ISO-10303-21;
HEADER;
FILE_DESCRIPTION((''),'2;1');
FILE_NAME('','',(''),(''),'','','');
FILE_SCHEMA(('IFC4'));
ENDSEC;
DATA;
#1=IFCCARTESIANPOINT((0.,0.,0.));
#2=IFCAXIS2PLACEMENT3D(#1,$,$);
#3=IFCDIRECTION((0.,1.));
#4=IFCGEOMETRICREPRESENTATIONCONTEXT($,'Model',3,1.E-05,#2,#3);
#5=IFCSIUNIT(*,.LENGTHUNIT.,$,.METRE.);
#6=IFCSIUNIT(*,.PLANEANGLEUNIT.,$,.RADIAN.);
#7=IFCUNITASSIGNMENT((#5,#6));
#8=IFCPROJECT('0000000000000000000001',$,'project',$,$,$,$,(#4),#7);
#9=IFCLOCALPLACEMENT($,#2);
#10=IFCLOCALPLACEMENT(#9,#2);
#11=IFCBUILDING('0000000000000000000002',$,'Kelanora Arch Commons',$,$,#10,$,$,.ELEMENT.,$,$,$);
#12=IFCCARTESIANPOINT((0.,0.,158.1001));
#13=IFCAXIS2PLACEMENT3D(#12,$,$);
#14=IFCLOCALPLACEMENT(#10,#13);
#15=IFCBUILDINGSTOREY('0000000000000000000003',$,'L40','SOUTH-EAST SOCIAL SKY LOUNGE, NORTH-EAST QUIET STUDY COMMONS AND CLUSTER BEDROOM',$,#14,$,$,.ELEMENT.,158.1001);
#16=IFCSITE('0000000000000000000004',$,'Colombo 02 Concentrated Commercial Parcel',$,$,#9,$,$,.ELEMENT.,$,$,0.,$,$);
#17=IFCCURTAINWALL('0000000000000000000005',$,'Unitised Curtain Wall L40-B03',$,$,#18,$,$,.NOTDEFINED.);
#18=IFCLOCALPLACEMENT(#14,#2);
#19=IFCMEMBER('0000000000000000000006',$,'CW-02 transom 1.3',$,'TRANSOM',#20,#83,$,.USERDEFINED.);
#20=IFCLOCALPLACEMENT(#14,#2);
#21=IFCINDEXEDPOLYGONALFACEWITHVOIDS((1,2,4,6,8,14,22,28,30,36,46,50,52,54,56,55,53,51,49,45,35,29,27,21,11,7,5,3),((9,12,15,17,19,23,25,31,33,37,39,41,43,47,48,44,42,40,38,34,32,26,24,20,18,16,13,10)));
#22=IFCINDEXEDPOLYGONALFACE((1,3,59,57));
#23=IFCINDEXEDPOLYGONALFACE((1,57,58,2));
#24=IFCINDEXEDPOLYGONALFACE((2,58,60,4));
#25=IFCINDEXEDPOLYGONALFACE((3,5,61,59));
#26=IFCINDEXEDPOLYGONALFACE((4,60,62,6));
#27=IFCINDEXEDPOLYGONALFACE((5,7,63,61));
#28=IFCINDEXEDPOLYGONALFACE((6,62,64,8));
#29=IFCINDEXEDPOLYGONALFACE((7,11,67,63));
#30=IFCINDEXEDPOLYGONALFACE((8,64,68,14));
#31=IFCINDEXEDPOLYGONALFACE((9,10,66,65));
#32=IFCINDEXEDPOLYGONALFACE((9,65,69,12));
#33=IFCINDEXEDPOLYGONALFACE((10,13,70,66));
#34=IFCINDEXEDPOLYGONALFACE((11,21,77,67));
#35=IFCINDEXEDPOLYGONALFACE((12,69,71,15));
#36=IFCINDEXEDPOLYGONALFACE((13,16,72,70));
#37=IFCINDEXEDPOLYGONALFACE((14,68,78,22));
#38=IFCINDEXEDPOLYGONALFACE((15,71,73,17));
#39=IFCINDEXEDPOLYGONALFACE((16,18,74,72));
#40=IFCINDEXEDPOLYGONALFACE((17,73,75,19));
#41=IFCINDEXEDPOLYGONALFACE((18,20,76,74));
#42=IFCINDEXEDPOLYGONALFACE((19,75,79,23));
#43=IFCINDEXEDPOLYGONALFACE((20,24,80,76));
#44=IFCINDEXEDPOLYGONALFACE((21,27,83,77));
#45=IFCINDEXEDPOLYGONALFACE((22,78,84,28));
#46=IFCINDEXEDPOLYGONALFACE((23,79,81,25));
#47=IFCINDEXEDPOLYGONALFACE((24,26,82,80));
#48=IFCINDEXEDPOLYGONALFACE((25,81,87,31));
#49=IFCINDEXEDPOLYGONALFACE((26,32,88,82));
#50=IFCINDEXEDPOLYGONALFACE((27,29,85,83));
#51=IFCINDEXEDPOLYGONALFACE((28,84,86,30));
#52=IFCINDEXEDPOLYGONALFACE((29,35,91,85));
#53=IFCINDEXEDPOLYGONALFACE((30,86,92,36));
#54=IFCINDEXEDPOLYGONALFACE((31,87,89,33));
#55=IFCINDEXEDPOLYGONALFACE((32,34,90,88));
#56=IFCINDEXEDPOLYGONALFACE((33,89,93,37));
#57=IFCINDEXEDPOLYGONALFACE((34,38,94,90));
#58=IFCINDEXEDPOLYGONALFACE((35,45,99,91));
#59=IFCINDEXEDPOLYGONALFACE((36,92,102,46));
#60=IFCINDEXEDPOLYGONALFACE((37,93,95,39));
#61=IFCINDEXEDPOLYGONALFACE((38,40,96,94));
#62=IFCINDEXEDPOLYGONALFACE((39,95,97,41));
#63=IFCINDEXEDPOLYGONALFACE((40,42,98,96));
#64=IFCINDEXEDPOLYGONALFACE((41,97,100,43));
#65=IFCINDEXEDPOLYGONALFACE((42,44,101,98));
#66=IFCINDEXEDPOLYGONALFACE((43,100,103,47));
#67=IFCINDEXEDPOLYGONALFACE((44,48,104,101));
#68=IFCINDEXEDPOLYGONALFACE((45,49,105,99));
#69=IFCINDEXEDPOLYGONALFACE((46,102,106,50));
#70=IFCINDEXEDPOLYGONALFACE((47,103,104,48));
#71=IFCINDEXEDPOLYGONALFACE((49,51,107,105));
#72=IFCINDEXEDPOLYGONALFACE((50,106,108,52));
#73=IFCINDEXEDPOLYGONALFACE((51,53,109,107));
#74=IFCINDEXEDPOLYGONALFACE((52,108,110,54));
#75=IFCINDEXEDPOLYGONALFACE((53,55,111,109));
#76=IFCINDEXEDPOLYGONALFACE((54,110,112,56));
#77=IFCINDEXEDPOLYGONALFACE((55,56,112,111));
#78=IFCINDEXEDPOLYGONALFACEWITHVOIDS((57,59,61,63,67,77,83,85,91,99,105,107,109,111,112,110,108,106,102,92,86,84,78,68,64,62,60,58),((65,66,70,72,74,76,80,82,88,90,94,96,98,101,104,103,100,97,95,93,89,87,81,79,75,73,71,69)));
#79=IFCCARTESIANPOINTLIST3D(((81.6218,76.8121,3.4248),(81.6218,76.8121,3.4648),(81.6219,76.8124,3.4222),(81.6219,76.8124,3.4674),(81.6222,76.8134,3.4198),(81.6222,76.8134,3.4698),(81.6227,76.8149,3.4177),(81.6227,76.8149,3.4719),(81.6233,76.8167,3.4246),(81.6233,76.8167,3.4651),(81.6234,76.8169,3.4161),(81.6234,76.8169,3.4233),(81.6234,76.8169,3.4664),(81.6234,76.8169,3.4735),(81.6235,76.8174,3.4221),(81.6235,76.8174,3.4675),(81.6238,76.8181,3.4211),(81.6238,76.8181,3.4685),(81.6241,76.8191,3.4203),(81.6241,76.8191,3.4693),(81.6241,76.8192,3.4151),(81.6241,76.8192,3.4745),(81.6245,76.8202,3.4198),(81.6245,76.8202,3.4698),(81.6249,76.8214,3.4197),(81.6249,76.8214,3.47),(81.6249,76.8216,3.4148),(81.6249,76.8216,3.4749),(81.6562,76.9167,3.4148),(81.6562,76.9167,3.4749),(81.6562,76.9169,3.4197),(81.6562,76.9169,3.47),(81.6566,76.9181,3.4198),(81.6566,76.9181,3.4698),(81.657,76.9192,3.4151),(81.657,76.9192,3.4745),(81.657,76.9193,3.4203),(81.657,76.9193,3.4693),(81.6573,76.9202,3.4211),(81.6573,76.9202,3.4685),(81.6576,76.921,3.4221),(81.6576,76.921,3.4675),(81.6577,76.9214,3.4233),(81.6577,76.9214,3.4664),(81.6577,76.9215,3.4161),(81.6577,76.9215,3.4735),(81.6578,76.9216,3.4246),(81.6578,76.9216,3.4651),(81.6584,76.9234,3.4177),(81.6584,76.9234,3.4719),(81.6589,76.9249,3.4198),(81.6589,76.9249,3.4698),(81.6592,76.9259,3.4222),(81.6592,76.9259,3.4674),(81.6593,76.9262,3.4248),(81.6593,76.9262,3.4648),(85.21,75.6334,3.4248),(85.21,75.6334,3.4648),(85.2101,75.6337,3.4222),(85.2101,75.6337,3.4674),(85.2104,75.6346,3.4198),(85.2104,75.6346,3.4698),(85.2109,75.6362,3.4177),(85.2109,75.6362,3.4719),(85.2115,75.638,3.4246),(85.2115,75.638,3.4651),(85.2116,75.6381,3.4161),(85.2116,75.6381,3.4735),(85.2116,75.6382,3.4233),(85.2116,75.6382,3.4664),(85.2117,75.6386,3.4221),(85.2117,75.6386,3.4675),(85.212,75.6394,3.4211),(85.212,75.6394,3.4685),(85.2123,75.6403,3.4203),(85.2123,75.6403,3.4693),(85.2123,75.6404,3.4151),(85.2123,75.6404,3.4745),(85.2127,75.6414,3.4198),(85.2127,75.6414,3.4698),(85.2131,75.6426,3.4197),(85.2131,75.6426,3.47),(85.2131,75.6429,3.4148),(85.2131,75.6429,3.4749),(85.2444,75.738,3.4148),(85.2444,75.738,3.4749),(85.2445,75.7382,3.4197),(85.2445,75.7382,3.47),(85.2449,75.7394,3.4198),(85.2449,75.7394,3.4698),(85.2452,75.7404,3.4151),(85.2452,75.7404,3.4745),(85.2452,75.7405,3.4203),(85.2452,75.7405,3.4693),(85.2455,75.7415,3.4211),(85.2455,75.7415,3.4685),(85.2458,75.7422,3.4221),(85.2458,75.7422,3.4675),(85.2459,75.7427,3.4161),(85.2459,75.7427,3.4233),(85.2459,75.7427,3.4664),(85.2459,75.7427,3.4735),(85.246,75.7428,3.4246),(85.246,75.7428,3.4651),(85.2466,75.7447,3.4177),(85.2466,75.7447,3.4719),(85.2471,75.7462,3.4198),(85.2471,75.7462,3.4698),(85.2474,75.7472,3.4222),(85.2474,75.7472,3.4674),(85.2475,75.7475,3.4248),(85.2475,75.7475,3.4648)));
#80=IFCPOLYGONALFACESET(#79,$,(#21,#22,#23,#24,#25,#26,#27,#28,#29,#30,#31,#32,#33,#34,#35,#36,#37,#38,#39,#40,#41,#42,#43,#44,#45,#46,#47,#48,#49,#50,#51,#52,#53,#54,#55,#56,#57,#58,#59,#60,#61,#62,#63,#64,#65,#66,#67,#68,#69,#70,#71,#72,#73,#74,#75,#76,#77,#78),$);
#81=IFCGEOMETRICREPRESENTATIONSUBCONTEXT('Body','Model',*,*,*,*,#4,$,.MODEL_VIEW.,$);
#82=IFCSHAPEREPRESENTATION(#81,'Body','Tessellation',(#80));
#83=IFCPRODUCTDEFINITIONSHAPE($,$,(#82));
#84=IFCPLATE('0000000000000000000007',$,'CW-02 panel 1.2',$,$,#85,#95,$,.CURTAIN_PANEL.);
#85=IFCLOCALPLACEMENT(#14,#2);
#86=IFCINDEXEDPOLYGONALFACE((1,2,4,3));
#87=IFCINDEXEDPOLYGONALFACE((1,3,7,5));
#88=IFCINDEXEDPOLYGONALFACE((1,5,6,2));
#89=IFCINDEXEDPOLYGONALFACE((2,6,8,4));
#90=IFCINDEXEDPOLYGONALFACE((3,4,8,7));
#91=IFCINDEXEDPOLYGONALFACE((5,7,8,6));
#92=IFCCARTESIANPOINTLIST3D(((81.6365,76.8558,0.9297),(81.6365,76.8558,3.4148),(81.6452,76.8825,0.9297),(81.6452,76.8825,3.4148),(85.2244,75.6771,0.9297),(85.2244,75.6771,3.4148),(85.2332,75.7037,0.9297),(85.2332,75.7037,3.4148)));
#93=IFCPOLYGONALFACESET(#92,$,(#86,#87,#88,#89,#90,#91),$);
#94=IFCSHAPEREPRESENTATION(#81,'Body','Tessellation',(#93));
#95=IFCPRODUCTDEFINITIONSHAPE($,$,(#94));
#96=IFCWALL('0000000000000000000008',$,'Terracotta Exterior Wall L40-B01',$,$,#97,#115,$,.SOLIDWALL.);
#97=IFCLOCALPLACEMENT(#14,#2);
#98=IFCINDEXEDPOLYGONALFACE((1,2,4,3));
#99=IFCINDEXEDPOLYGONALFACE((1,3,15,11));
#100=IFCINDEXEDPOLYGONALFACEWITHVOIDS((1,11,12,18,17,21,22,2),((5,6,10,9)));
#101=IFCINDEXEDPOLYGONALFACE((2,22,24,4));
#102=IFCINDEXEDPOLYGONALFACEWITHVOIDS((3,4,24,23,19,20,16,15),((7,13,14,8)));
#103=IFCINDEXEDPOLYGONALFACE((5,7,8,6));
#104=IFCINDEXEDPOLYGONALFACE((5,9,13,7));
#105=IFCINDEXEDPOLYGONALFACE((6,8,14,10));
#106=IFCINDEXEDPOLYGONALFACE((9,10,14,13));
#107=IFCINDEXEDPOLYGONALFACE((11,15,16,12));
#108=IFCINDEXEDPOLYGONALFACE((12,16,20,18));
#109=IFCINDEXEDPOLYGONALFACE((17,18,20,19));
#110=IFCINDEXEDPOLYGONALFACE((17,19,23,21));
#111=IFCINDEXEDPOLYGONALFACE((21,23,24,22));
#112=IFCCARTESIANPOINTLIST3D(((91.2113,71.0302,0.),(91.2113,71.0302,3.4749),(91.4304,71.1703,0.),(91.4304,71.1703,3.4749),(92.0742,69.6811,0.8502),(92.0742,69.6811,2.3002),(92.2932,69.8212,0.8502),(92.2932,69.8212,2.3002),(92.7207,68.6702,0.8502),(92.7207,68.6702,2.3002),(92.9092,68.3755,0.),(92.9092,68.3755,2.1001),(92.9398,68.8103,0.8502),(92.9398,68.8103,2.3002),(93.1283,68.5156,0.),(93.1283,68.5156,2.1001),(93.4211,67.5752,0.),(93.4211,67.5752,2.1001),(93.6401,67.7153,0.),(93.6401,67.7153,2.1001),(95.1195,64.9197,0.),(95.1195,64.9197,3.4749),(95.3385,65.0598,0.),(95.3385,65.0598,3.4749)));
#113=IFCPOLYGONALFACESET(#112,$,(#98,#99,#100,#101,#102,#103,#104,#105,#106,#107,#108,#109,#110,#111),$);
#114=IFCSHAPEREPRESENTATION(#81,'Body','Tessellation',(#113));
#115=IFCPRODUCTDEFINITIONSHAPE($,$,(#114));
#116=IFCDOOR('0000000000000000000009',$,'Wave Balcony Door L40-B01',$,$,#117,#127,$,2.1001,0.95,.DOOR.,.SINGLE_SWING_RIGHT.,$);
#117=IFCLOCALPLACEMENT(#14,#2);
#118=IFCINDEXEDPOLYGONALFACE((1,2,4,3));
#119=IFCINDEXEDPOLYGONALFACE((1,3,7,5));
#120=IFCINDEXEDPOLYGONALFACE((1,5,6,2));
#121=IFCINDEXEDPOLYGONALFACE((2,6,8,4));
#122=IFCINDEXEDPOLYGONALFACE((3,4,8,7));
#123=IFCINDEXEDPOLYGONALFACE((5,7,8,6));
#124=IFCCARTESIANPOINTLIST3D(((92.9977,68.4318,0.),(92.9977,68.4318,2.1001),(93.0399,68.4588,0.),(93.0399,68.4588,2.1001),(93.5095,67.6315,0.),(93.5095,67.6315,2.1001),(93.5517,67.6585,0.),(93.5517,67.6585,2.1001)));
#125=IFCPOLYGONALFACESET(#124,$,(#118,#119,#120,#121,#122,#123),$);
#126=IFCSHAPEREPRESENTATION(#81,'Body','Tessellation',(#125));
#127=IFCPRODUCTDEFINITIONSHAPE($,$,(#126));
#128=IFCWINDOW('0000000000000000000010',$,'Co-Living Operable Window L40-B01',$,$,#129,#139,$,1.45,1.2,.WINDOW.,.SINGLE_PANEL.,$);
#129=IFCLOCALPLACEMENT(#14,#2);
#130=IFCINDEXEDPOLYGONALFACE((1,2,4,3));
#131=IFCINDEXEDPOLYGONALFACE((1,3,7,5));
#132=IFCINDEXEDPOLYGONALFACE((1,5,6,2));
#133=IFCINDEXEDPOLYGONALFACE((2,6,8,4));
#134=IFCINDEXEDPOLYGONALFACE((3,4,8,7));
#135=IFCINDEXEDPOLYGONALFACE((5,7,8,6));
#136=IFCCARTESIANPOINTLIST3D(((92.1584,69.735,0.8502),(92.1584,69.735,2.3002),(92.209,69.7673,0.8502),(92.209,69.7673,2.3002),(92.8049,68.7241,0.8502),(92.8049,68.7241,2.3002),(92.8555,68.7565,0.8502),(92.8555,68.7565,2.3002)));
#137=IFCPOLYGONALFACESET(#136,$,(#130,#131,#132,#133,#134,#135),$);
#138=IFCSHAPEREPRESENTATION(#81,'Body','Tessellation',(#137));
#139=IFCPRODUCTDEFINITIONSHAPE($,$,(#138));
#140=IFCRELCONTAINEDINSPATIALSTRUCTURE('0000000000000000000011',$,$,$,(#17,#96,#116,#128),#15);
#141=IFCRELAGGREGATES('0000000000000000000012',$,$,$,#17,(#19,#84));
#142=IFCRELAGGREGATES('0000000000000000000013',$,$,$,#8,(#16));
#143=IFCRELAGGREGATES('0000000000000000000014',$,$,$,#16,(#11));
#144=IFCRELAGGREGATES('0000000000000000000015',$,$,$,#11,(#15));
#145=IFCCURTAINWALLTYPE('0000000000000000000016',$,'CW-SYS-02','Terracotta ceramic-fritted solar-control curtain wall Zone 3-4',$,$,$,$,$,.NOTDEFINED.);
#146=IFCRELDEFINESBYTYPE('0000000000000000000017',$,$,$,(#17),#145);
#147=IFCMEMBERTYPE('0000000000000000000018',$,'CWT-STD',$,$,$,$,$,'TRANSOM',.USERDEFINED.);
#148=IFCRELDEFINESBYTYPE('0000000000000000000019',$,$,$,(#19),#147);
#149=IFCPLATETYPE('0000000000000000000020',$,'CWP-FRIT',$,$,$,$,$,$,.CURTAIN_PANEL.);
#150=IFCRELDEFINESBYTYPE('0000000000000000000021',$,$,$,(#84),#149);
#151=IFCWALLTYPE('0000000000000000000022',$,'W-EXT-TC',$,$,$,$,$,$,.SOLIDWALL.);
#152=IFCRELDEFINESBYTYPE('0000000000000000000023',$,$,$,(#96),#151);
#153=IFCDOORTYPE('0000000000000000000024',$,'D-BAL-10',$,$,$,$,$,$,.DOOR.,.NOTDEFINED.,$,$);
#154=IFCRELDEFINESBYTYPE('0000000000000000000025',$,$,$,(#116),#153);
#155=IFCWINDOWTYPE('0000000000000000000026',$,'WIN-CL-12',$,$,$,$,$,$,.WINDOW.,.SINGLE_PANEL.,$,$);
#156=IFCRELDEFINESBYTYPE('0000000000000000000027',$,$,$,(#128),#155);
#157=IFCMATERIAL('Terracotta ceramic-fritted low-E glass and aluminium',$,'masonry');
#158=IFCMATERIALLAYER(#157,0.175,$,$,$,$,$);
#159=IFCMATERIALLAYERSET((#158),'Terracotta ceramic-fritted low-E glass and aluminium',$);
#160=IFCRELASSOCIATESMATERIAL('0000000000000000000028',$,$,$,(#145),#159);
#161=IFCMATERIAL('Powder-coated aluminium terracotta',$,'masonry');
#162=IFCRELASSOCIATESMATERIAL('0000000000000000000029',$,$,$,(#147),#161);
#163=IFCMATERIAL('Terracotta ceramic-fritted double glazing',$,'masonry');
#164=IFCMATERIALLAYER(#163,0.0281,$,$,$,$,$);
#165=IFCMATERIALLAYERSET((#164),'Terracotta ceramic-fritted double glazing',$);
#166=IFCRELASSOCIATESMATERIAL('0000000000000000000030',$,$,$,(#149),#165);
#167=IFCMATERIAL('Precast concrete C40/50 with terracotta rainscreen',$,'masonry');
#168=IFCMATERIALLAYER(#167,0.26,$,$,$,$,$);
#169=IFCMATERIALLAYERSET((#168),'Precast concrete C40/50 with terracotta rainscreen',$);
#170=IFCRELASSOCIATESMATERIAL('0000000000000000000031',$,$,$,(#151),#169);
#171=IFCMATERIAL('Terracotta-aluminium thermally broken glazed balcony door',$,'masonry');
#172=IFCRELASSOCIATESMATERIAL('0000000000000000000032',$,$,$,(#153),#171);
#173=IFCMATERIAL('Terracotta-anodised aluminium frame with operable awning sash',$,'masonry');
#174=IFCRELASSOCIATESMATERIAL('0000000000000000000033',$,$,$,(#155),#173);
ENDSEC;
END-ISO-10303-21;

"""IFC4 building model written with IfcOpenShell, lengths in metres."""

from ifc_helpers import new_model, si_unit, direction, frame, frame_2d, origin, origin_2d, place, context, subcontext, project, spatial, rectangle, hollow_rectangle, extrude, source, transform, mapped, material, layer, layer_set, material_profile, profile_set, type_object, element, fill, aggregate, save


model = new_model("IFC4")

# Units and contexts
model_context = context("Model", 3, precision=1e-05, world=origin(), true_north=direction((0.0, 1.0)))
body_context = subcontext(model_context, "Body", "Model", "MODEL_VIEW")
ifc_project = project(units=[si_unit("LENGTHUNIT", "METRE"), si_unit("PLANEANGLEUNIT", "RADIAN")], contexts=[model_context])

# Site, building, storey
site_placement = place(None, origin())
site = spatial("IfcSite", under=ifc_project, at=site_placement, Name="Colombo 02 Concentrated Commercial Parcel", CompositionType="ELEMENT", RefElevation=0.0)
building_placement = place(site_placement, origin())
building = spatial("IfcBuilding", under=site, at=building_placement, Name="Kelanora Arch Commons", CompositionType="ELEMENT")
storey_placement = place(building_placement, frame((0.0, 0.0, 158.1001)))
storey = spatial("IfcBuildingStorey", under=building, at=storey_placement, Name="L40", Description="SOUTH-EAST SOCIAL SKY LOUNGE, NORTH-EAST QUIET STUDY COMMONS AND CLUSTER BEDROOM", CompositionType="ELEMENT", Elevation=158.1001)

# Shared definitions
ifc_material_1 = material(Name="Terracotta ceramic-fritted low-E glass and aluminium", Category="masonry")
ifc_layer_1 = layer(ifc_material_1, 0.175)
ifc_layer_set_1 = layer_set([ifc_layer_1], Name="Terracotta ceramic-fritted low-E glass and aluminium")
curtain_wall_type = type_object("IfcCurtainWallType", Name="CW-SYS-02", Description="Terracotta ceramic-fritted solar-control curtain wall Zone 3-4", PredefinedType="NOTDEFINED", material=ifc_layer_set_1)
ifc_material_2 = material(Name="Powder-coated aluminium terracotta", Category="masonry")

# Curtain wall, member, plate
curtain_wall_1_placement = place(storey_placement, origin())
curtain_wall_1 = element("IfcCurtainWall", 1, at=curtain_wall_1_placement, inside=storey, type_object=curtain_wall_type, Name="Unitised Curtain Wall L40-B03", PredefinedType="NOTDEFINED")
ifc_material_profile_1 = material_profile(ifc_material_2, hollow_rectangle(XDim=0.1201, YDim=0.0601, WallThickness=0.0049, InnerFilletRadius=0.0049, OuterFilletRadius=0.01, at=origin_2d()), Name="CWT120x60")
ifc_profile_set_1 = profile_set([ifc_material_profile_1], Name="Powder-coated aluminium terracotta")
member_type_1 = type_object("IfcMemberType", Name="CWT-STD", ElementType="TRANSOM", PredefinedType="USERDEFINED", material=ifc_profile_set_1)
member_1_placement = place(storey_placement, frame((85.2288, 75.6904, 3.4448), z_axis=(-0.950051, 0.312094, 0.0), x_axis=(-0.312094, -0.950051, 0.0)))
member_1 = element("IfcMember", 2, at=member_1_placement, type_object=member_type_1, Name="CW-02 transom 1.3", ObjectType="TRANSOM", PredefinedType="USERDEFINED", context=body_context, shape_type="SweptSolid", body=[
    extrude(hollow_rectangle(XDim=0.1201, YDim=0.0601, WallThickness=0.0049, InnerFilletRadius=0.0049, OuterFilletRadius=0.01, at=origin_2d()), origin(), (0.0, 0.0, 1.0), 3.7769),
])
ifc_material_3 = material(Name="Terracotta ceramic-fritted double glazing", Category="masonry")
ifc_layer_2 = layer(ifc_material_3, 0.0281)
ifc_layer_set_2 = layer_set([ifc_layer_2], Name="Terracotta ceramic-fritted double glazing")
plate_type = type_object("IfcPlateType", Name="CWP-FRIT", PredefinedType="CURTAIN_PANEL", material=ifc_layer_set_2)
shared_shape_1 = source(origin(), body_context, "Body", "SweptSolid", [
    extrude(rectangle(XDim=3.7766, YDim=0.0281, at=origin_2d()), origin(), (0.0, 0.0, 1.0), 2.4851),
])
plate_placement = place(storey_placement, frame((83.4348, 76.2798, 0.9297), z_axis=(0.0, 0.0, 1.0), x_axis=(-0.95004, 0.312128, 0.0)))
plate = element("IfcPlate", 3, at=plate_placement, type_object=plate_type, Name="CW-02 panel 1.2", PredefinedType="CURTAIN_PANEL", context=body_context, shape_type="MappedRepresentation", body=[
    mapped(shared_shape_1, transform((0.0, 0.0, 0.0), scale=1.0)),
])
aggregate(curtain_wall_1, [member_1, plate])

# Wall, openings, door, window
ifc_material_4 = material(Name="Precast concrete C40/50 with terracotta rainscreen", Category="masonry")
ifc_layer_3 = layer(ifc_material_4, 0.26)
ifc_layer_set_3 = layer_set([ifc_layer_3], Name="Precast concrete C40/50 with terracotta rainscreen")
wall_type = type_object("IfcWallType", Name="W-EXT-TC", PredefinedType="SOLIDWALL", material=ifc_layer_set_3)
wall_1_placement = place(storey_placement, frame((95.229, 64.9897, 0.0), z_axis=(0.0, 0.0, 1.0), x_axis=(-0.538802, 0.842433, 0.0)))
wall_1 = element("IfcWall", 4, at=wall_1_placement, inside=storey, type_object=wall_type, Name="Terracotta Exterior Wall L40-B01", PredefinedType="SOLIDWALL", context=body_context, shape_type="SweptSolid", body=[
    extrude(rectangle(XDim=7.2534, YDim=0.26, at=frame_2d((3.6267, 0.0))), origin(), (0.0, 0.0, 1.0), 3.4749),
])
opening_1_placement = place(wall_1_placement, frame((3.1521, 0.0, 0.0)))
opening_1 = element("IfcOpeningElement", 5, at=opening_1_placement, cuts=wall_1, PredefinedType="OPENING", context=body_context, shape_type="SweptSolid", body=[
    extrude(rectangle(XDim=0.95, YDim=2.1001, at=frame_2d((0.4751, 1.05))), frame((0.0, 0.1401, 0.0), z_axis=(0.0, -1.0, 0.0), x_axis=(1.0, 0.0, 0.0)), (0.0, 0.0, 1.0), 0.28),
])
opening_2_placement = place(wall_1_placement, frame((4.4519, 0.0, 0.8501)))
opening_2 = element("IfcOpeningElement", 6, at=opening_2_placement, cuts=wall_1, PredefinedType="OPENING", context=body_context, shape_type="SweptSolid", body=[
    extrude(rectangle(XDim=1.2, YDim=1.45, at=frame_2d((0.6001, 0.7251))), frame((0.0, 0.1401, 0.0), z_axis=(0.0, -1.0, 0.0), x_axis=(1.0, 0.0, 0.0)), (0.0, 0.0, 1.0), 0.28),
])
ifc_material_5 = material(Name="Terracotta-aluminium thermally broken glazed balcony door", Category="masonry")
door_type = type_object("IfcDoorType", Name="D-BAL-10", OperationType="NOTDEFINED", PredefinedType="DOOR", material=ifc_material_5)
door_1_placement = place(opening_1_placement, frame((0.95, 0.0, 0.0), z_axis=(0.0, 0.0, 1.0), x_axis=(-1.0, 0.0, 0.0)))
door_1 = element("IfcDoor", 7, at=door_1_placement, inside=storey, type_object=door_type, Name="Wave Balcony Door L40-B01", OperationType="SINGLE_SWING_RIGHT", OverallHeight=2.1001, OverallWidth=0.95, PredefinedType="DOOR", context=body_context, shape_type="SweptSolid", body=[
    extrude(rectangle(XDim=0.95, YDim=2.1001, at=frame_2d((0.4751, 1.05))), frame((0.0, 0.0249, 0.0), z_axis=(0.0, -1.0, 0.0), x_axis=(1.0, 0.0, 0.0)), (0.0, 0.0, 1.0), 0.05),
])
fill(opening_1, door_1)
ifc_material_6 = material(Name="Terracotta-anodised aluminium frame with operable awning sash", Category="masonry")
window_type = type_object("IfcWindowType", Name="WIN-CL-12", PartitioningType="SINGLE_PANEL", PredefinedType="WINDOW", material=ifc_material_6)
window_1_placement = place(opening_2_placement, origin())
window_1 = element("IfcWindow", 8, at=window_1_placement, inside=storey, type_object=window_type, Name="Co-Living Operable Window L40-B01", OverallHeight=1.45, OverallWidth=1.2, PartitioningType="SINGLE_PANEL", PredefinedType="WINDOW", context=body_context, shape_type="SweptSolid", body=[
    extrude(rectangle(XDim=1.2, YDim=1.45, at=frame_2d((0.6001, 0.7251))), frame((0.0, 0.03, 0.0), z_axis=(0.0, -1.0, 0.0), x_axis=(1.0, 0.0, 0.0)), (0.0, 0.0, 1.0), 0.0601),
])
fill(opening_2, window_1)

save(model, "model.ifc")
